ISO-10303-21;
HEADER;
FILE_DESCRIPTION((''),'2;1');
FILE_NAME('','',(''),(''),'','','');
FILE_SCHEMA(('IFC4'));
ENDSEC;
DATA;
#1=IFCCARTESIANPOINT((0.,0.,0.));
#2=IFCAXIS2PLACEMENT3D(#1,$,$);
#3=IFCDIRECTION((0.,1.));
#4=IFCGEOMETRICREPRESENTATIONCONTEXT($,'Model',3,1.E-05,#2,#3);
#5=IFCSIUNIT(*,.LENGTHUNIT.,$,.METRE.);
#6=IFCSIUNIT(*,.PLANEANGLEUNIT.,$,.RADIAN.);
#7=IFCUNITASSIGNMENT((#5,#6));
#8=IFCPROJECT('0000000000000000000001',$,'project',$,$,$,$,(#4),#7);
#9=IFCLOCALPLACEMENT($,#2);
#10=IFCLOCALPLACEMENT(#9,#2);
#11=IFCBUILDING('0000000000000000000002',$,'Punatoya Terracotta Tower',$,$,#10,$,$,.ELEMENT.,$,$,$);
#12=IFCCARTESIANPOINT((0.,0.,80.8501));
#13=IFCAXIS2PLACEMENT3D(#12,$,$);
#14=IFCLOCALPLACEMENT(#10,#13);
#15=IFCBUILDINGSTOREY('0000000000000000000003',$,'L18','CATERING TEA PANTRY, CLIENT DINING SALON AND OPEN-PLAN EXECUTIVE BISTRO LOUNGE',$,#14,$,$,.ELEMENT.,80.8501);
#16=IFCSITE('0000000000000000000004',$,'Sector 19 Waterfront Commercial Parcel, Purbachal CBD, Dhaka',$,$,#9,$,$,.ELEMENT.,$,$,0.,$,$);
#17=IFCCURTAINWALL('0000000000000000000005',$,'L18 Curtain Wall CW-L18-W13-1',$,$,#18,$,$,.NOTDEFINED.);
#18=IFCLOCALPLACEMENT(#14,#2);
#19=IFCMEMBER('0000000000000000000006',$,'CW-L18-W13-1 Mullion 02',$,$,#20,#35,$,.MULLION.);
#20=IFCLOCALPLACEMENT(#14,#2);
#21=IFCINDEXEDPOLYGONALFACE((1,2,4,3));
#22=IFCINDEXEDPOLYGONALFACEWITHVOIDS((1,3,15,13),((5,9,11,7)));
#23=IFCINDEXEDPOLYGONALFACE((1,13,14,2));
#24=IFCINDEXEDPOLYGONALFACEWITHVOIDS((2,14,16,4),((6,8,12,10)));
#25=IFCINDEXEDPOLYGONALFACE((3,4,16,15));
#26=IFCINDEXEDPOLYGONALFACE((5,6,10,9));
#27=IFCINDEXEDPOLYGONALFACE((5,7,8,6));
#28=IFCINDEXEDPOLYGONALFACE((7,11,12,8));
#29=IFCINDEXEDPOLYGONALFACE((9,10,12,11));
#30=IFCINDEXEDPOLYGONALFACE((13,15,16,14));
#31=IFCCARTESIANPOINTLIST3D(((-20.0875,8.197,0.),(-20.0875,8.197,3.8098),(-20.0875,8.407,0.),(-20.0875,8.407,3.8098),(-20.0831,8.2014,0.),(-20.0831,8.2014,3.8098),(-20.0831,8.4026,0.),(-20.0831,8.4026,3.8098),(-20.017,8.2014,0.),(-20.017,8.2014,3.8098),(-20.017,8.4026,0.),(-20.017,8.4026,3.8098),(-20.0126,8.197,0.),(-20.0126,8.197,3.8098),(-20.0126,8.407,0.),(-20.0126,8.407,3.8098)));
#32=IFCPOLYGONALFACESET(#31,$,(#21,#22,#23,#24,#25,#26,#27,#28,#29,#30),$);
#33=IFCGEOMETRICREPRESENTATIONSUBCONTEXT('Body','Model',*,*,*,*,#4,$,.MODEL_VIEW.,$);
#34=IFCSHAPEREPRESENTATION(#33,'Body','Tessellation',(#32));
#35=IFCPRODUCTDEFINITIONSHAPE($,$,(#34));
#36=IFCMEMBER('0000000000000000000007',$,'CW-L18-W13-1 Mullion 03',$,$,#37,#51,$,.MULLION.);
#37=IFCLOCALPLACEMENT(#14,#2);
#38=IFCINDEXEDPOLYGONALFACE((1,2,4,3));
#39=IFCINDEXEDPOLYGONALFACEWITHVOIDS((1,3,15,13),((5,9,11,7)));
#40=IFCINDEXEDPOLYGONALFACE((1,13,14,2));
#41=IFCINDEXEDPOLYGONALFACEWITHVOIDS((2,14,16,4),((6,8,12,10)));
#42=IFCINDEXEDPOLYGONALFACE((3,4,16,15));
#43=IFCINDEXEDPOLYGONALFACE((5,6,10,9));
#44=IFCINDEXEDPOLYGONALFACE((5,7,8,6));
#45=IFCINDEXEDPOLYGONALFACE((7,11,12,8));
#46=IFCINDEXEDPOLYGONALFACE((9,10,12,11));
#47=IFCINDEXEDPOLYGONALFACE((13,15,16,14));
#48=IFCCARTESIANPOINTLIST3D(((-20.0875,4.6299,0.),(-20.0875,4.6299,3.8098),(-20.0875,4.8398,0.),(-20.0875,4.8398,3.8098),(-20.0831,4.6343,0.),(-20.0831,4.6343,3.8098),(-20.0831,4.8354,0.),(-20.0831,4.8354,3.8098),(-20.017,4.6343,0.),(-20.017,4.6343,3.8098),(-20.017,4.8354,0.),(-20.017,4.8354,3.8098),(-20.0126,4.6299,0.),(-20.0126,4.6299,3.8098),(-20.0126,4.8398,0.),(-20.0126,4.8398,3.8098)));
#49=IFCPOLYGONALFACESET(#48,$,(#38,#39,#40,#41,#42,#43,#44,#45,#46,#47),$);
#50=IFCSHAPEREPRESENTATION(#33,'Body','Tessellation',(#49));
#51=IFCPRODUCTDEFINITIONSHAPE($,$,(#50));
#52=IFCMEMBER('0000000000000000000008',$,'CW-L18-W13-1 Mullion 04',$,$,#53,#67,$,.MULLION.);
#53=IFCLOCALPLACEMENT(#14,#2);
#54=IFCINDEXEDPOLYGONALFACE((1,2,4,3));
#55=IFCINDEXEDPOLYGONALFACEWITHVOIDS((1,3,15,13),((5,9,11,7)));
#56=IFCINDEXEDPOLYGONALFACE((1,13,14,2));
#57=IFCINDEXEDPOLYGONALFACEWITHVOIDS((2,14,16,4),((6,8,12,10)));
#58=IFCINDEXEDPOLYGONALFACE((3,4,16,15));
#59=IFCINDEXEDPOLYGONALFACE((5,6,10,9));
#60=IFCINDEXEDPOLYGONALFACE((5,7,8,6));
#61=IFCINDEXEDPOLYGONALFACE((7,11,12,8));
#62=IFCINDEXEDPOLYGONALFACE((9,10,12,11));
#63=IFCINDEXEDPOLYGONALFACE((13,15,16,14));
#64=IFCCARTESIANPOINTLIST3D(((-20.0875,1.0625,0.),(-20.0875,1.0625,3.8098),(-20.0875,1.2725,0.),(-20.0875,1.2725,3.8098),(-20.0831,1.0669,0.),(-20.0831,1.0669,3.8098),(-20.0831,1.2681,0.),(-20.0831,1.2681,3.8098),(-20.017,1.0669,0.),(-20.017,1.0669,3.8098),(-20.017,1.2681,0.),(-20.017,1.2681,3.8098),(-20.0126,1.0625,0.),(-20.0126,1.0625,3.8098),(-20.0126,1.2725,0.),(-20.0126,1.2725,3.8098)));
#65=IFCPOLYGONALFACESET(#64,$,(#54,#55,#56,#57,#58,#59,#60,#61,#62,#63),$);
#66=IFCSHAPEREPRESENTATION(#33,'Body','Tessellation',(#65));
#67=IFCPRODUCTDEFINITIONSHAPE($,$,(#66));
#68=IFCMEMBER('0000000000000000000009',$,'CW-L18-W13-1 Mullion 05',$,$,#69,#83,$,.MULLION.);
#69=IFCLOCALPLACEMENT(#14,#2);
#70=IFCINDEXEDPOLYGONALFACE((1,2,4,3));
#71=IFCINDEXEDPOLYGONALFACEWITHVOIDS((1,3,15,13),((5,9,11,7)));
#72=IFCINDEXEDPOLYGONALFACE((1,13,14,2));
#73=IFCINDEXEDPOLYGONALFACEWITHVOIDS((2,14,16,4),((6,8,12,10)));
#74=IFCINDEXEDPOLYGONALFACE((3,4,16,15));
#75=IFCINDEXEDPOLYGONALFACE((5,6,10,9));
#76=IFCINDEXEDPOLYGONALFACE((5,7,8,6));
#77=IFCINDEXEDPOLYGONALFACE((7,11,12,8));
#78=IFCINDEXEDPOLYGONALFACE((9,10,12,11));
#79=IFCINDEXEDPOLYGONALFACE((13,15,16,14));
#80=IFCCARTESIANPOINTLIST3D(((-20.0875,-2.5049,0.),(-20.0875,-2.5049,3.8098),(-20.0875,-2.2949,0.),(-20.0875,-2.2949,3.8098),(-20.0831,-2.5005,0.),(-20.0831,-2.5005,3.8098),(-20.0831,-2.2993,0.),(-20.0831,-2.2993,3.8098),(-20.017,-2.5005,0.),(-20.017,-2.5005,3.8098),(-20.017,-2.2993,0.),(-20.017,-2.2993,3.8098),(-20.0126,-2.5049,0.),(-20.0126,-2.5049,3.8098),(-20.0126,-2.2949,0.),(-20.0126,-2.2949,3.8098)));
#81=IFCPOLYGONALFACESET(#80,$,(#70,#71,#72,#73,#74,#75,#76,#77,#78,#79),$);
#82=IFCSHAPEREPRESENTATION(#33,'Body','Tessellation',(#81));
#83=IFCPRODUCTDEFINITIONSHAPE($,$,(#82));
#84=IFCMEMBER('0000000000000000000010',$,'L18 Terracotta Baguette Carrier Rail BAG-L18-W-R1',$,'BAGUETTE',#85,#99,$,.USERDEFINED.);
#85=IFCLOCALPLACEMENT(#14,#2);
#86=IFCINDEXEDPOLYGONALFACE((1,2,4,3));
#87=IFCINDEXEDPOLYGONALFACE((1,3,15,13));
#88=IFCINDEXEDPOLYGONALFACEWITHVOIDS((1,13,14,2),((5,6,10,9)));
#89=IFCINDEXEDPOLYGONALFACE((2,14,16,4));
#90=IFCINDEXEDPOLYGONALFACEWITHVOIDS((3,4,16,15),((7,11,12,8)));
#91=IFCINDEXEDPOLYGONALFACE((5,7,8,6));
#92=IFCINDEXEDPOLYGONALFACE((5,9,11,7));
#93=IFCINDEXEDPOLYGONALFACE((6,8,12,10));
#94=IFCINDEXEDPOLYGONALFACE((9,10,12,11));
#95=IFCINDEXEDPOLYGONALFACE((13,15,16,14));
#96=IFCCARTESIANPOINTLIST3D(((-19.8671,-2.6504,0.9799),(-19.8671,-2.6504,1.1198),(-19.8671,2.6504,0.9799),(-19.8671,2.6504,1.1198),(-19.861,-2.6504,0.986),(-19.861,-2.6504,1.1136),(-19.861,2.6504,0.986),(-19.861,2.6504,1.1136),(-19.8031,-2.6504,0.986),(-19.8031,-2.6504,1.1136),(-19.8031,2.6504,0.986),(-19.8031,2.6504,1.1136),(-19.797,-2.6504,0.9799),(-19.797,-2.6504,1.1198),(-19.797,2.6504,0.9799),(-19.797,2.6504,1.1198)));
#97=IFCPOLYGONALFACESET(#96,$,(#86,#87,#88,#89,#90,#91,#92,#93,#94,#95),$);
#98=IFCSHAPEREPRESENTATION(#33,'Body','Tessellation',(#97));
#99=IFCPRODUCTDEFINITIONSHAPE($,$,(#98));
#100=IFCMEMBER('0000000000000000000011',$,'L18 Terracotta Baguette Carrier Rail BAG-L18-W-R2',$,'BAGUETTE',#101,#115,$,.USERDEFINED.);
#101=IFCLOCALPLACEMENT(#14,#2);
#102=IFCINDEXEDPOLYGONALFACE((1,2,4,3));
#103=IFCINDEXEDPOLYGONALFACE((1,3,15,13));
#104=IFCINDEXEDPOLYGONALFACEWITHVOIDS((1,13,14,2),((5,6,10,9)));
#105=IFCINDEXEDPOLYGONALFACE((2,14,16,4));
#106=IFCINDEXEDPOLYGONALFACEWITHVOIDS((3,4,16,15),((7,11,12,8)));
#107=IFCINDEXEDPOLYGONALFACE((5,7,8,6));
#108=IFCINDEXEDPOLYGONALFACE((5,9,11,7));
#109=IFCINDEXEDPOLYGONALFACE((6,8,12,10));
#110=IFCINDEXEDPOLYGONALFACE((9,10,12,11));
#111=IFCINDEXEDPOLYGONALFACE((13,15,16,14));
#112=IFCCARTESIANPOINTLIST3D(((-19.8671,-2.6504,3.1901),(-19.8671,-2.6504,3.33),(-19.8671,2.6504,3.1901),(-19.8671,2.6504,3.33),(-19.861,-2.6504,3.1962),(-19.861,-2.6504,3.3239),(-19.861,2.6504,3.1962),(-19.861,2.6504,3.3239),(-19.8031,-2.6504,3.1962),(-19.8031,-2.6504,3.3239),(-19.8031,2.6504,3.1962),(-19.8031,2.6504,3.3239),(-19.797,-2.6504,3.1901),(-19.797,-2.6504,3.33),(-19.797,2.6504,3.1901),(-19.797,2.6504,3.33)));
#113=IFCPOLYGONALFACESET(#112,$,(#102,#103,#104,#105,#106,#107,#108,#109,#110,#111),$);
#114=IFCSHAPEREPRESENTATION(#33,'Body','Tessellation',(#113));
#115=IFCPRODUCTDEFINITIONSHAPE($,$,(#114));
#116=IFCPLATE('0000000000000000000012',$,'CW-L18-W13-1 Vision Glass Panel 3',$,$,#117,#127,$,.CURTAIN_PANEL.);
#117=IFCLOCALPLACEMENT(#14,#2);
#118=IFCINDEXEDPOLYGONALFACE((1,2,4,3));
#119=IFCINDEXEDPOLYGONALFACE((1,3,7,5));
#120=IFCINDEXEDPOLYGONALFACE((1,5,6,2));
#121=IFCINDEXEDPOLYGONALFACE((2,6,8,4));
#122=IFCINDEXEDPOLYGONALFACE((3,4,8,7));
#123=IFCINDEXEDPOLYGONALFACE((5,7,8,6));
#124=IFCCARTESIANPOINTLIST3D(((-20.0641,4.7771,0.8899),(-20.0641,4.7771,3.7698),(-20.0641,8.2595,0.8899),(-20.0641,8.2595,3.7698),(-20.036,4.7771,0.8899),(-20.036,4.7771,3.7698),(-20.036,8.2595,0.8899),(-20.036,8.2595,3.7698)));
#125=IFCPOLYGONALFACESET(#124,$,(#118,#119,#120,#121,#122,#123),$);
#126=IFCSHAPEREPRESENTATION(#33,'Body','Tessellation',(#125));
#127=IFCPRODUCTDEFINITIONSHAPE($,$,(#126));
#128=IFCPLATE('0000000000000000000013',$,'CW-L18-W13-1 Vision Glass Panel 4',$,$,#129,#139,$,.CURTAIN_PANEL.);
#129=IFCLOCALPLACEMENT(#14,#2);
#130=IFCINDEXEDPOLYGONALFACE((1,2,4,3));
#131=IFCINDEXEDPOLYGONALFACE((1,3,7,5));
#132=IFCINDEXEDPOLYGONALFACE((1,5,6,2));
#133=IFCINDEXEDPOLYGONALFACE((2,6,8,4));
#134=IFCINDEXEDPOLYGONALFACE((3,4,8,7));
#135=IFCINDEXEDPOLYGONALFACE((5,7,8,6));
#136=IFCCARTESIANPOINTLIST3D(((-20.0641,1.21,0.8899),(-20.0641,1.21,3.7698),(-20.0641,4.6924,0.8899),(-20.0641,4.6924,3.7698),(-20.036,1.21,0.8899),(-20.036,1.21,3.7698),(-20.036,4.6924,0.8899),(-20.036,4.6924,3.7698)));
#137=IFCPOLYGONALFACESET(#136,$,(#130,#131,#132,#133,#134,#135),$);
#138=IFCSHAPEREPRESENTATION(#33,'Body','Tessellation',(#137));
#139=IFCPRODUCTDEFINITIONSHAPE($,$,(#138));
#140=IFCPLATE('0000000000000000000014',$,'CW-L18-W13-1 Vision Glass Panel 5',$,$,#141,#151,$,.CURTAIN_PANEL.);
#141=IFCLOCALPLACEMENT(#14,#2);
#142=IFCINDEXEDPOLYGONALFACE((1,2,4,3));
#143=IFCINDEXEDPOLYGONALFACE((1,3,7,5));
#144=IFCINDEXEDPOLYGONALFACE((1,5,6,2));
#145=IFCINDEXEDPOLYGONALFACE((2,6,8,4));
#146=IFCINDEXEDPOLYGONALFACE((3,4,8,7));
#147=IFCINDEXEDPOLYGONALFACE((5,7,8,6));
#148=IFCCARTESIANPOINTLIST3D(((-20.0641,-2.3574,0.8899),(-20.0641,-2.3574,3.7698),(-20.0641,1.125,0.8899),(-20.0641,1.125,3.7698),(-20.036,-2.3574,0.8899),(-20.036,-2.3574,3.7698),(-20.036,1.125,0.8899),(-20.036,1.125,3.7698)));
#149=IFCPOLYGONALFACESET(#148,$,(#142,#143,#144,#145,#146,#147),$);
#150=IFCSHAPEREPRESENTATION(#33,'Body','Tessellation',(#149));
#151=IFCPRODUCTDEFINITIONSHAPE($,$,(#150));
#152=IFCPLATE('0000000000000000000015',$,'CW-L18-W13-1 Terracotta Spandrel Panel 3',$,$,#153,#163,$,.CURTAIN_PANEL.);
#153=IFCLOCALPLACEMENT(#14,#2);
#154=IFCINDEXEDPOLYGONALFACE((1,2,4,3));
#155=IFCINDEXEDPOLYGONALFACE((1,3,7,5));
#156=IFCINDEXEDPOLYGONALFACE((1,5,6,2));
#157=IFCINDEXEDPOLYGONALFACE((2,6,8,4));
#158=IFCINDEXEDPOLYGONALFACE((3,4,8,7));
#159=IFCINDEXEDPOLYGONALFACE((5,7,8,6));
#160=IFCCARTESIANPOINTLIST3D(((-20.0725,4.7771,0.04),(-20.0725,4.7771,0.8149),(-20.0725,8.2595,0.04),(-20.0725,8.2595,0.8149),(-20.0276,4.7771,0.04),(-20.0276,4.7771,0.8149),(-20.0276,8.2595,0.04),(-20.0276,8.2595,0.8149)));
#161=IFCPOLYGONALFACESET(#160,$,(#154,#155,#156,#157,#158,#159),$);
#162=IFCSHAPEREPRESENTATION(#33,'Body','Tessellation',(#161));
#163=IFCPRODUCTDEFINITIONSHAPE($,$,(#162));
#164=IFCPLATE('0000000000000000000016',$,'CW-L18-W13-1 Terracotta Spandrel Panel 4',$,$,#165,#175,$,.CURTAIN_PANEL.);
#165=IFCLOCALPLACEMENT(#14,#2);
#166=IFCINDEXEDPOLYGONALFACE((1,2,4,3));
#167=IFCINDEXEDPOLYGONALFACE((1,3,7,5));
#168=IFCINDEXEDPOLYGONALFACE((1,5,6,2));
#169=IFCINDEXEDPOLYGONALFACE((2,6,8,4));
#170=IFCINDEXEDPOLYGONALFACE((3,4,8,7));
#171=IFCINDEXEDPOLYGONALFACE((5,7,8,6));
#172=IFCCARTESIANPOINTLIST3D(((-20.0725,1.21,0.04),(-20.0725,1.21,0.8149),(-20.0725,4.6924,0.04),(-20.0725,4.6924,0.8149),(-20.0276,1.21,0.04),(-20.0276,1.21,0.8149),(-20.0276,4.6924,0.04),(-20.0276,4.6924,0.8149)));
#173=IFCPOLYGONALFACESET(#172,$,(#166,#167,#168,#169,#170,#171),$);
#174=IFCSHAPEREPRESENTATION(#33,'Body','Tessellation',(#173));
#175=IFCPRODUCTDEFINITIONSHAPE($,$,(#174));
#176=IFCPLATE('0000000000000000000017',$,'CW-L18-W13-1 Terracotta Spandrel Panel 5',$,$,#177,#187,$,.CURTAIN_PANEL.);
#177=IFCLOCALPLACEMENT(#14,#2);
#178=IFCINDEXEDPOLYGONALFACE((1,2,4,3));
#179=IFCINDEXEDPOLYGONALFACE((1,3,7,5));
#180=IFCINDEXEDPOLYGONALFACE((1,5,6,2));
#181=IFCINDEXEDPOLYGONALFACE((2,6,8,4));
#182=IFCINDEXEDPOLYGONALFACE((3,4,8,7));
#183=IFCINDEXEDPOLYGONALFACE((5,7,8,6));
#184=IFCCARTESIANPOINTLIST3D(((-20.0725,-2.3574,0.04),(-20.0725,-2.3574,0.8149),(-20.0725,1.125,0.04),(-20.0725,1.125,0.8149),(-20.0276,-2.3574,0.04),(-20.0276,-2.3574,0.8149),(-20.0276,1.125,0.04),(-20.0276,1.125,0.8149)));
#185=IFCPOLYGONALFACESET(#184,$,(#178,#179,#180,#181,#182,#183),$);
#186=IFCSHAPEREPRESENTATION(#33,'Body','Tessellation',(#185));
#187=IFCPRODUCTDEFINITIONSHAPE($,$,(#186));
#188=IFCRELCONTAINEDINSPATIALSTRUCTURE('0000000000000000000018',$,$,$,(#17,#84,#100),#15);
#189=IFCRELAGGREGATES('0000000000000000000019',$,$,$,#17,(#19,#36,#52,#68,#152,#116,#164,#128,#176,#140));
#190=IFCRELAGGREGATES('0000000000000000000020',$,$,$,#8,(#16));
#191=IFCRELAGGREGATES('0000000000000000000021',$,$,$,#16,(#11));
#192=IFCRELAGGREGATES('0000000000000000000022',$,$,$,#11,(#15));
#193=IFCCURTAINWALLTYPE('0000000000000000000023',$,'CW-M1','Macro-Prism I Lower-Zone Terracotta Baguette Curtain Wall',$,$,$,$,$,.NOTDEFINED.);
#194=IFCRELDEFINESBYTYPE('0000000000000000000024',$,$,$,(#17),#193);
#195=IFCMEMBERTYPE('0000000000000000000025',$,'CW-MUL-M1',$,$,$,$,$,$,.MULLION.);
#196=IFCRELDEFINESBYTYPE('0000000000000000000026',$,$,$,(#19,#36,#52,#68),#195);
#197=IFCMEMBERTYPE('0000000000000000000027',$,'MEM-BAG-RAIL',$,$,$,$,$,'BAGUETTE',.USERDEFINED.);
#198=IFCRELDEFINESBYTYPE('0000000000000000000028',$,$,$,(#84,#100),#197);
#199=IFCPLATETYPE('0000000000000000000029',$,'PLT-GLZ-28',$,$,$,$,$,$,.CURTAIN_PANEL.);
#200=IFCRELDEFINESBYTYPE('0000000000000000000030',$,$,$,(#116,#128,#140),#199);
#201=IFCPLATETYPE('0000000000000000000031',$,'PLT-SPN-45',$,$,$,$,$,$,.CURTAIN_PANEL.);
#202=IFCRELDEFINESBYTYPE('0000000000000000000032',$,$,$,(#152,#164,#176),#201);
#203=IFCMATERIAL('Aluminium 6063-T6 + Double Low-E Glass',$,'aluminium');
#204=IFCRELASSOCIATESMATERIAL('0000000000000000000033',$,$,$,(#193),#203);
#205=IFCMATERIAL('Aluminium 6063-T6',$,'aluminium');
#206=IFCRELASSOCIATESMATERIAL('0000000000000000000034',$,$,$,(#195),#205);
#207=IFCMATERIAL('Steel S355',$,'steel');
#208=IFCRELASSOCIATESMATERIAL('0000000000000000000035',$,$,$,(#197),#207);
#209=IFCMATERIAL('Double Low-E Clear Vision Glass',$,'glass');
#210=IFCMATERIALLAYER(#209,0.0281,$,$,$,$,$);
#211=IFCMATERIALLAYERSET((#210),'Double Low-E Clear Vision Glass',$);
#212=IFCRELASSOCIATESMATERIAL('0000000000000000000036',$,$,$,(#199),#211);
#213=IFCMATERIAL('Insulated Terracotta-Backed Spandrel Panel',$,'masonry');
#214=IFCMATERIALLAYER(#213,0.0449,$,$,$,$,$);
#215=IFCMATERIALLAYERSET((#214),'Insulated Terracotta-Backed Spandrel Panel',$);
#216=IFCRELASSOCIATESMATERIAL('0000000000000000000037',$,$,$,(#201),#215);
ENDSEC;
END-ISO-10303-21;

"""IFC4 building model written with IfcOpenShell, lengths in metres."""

from ifc_helpers import new_model, si_unit, direction, frame, origin, origin_2d, place, context, subcontext, project, spatial, rectangle, hollow_rectangle, extrude, material, layer, layer_set, material_profile, profile_set, type_object, element, aggregate, save


model = new_model("IFC4")

# Units and contexts
model_context = context("Model", 3, precision=1e-05, world=origin(), true_north=direction((0.0, 1.0)))
body_context = subcontext(model_context, "Body", "Model", "MODEL_VIEW")
ifc_project = project(units=[si_unit("LENGTHUNIT", "METRE"), si_unit("PLANEANGLEUNIT", "RADIAN")], contexts=[model_context])

# Site, building, storey
site_placement = place(None, origin())
site = spatial("IfcSite", under=ifc_project, at=site_placement, Name="Sector 19 Waterfront Commercial Parcel, Purbachal CBD, Dhaka", CompositionType="ELEMENT", RefElevation=0.0)
building_placement = place(site_placement, origin())
building = spatial("IfcBuilding", under=site, at=building_placement, Name="Punatoya Terracotta Tower", CompositionType="ELEMENT")
storey_placement = place(building_placement, frame((0.0, 0.0, 80.8501)))
storey = spatial("IfcBuildingStorey", under=building, at=storey_placement, Name="L18", Description="CATERING TEA PANTRY, CLIENT DINING SALON AND OPEN-PLAN EXECUTIVE BISTRO LOUNGE", CompositionType="ELEMENT", Elevation=80.8501)

# Shared definitions
ifc_material_1 = material(Name="Steel S355", Category="steel")

# Curtain wall, members
ifc_material_2 = material(Name="Aluminium 6063-T6 + Double Low-E Glass", Category="aluminium")
curtain_wall_type = type_object("IfcCurtainWallType", Name="CW-M1", Description="Macro-Prism I Lower-Zone Terracotta Baguette Curtain Wall", PredefinedType="NOTDEFINED", material=ifc_material_2)
curtain_wall_placement = place(storey_placement, origin())
curtain_wall = element("IfcCurtainWall", 1, at=curtain_wall_placement, inside=storey, type_object=curtain_wall_type, Name="L18 Curtain Wall CW-L18-W13-1", PredefinedType="NOTDEFINED")
ifc_material_3 = material(Name="Aluminium 6063-T6", Category="aluminium")
ifc_material_profile_1 = material_profile(ifc_material_3, hollow_rectangle(XDim=0.075, YDim=0.21, WallThickness=0.0044, at=origin_2d()))
ifc_profile_set_1 = profile_set([ifc_material_profile_1], Name="Aluminium 6063-T6")
member_type_1 = type_object("IfcMemberType", Name="CW-MUL-M1", PredefinedType="MULLION", material=ifc_profile_set_1)
member_1_placement = place(storey_placement, frame((-20.05, 8.302, 0.0), z_axis=(0.0, 0.0, 1.0), x_axis=(1.0, 0.0, 0.0)))
member_1 = element("IfcMember", 2, at=member_1_placement, type_object=member_type_1, Name="CW-L18-W13-1 Mullion 02", PredefinedType="MULLION", context=body_context, shape_type="SweptSolid", body=[
    extrude(hollow_rectangle(XDim=0.075, YDim=0.21, WallThickness=0.0044, at=origin_2d()), origin(), (0.0, 0.0, 1.0), 3.8098),
])
member_2_placement = place(storey_placement, frame((-20.05, 4.7349, 0.0), z_axis=(0.0, 0.0, 1.0), x_axis=(1.0, 0.0, 0.0)))
member_2 = element("IfcMember", 3, at=member_2_placement, type_object=member_type_1, Name="CW-L18-W13-1 Mullion 03", PredefinedType="MULLION", context=body_context, shape_type="SweptSolid", body=[
    extrude(hollow_rectangle(XDim=0.075, YDim=0.21, WallThickness=0.0044, at=origin_2d()), origin(), (0.0, 0.0, 1.0), 3.8098),
])
member_3_placement = place(storey_placement, frame((-20.05, 1.1675, 0.0), z_axis=(0.0, 0.0, 1.0), x_axis=(1.0, 0.0, 0.0)))
member_3 = element("IfcMember", 4, at=member_3_placement, type_object=member_type_1, Name="CW-L18-W13-1 Mullion 04", PredefinedType="MULLION", context=body_context, shape_type="SweptSolid", body=[
    extrude(hollow_rectangle(XDim=0.075, YDim=0.21, WallThickness=0.0044, at=origin_2d()), origin(), (0.0, 0.0, 1.0), 3.8098),
])
member_4_placement = place(storey_placement, frame((-20.05, -2.3999, 0.0), z_axis=(0.0, 0.0, 1.0), x_axis=(1.0, 0.0, 0.0)))
member_4 = element("IfcMember", 5, at=member_4_placement, type_object=member_type_1, Name="CW-L18-W13-1 Mullion 05", PredefinedType="MULLION", context=body_context, shape_type="SweptSolid", body=[
    extrude(hollow_rectangle(XDim=0.075, YDim=0.21, WallThickness=0.0044, at=origin_2d()), origin(), (0.0, 0.0, 1.0), 3.8098),
])

# Members
ifc_material_profile_2 = material_profile(ifc_material_1, hollow_rectangle(XDim=0.0701, YDim=0.1399, WallThickness=0.0061, at=origin_2d()))
ifc_profile_set_2 = profile_set([ifc_material_profile_2], Name="Steel S355")
member_type_2 = type_object("IfcMemberType", Name="MEM-BAG-RAIL", ElementType="BAGUETTE", PredefinedType="USERDEFINED", material=ifc_profile_set_2)
for number, where, z_axis, x_axis, name in (
    (6, (-19.832, -2.6504, 1.0498), (0.0, 1.0, 0.0), (-1.0, 0.0, 0.0), "L18 Terracotta Baguette Carrier Rail BAG-L18-W-R1"),
    (7, (-19.832, -2.6504, 3.26), (0.0, 1.0, 0.0), (-1.0, 0.0, 0.0), "L18 Terracotta Baguette Carrier Rail BAG-L18-W-R2"),
):
    element("IfcMember", number, at=place(storey_placement, frame(where, z_axis=z_axis, x_axis=x_axis)), inside=storey, type_object=member_type_2, Name=name, ObjectType="BAGUETTE", PredefinedType="USERDEFINED", context=body_context, shape_type="SweptSolid", body=[
        extrude(hollow_rectangle(XDim=0.0701, YDim=0.1399, WallThickness=0.0061, at=origin_2d()), origin(), (0.0, 0.0, 1.0), 5.3008),
    ])

# Plates
ifc_material_4 = material(Name="Double Low-E Clear Vision Glass", Category="glass")
ifc_layer_1 = layer(ifc_material_4, 0.0281)
ifc_layer_set_1 = layer_set([ifc_layer_1], Name="Double Low-E Clear Vision Glass")
plate_type_1 = type_object("IfcPlateType", Name="PLT-GLZ-28", PredefinedType="CURTAIN_PANEL", material=ifc_layer_set_1)
plate_1_placement = place(storey_placement, frame((-20.05, 6.5183, 0.8899), z_axis=(0.0, 0.0, 1.0), x_axis=(0.0, -1.0, 0.0)))
plate_1 = element("IfcPlate", 8, at=plate_1_placement, type_object=plate_type_1, Name="CW-L18-W13-1 Vision Glass Panel 3", PredefinedType="CURTAIN_PANEL", context=body_context, shape_type="SweptSolid", body=[
    extrude(rectangle(XDim=3.4824, YDim=0.0281, at=origin_2d()), origin(), (0.0, 0.0, 1.0), 2.8799),
])
plate_2_placement = place(storey_placement, frame((-20.05, 2.9512, 0.8899), z_axis=(0.0, 0.0, 1.0), x_axis=(0.0, -1.0, 0.0)))
plate_2 = element("IfcPlate", 9, at=plate_2_placement, type_object=plate_type_1, Name="CW-L18-W13-1 Vision Glass Panel 4", PredefinedType="CURTAIN_PANEL", context=body_context, shape_type="SweptSolid", body=[
    extrude(rectangle(XDim=3.4824, YDim=0.0281, at=origin_2d()), origin(), (0.0, 0.0, 1.0), 2.8799),
])
plate_3_placement = place(storey_placement, frame((-20.05, -0.6162, 0.8899), z_axis=(0.0, 0.0, 1.0), x_axis=(0.0, -1.0, 0.0)))
plate_3 = element("IfcPlate", 10, at=plate_3_placement, type_object=plate_type_1, Name="CW-L18-W13-1 Vision Glass Panel 5", PredefinedType="CURTAIN_PANEL", context=body_context, shape_type="SweptSolid", body=[
    extrude(rectangle(XDim=3.4824, YDim=0.0281, at=origin_2d()), origin(), (0.0, 0.0, 1.0), 2.8799),
])
ifc_material_5 = material(Name="Insulated Terracotta-Backed Spandrel Panel", Category="masonry")
ifc_layer_2 = layer(ifc_material_5, 0.0449)
ifc_layer_set_2 = layer_set([ifc_layer_2], Name="Insulated Terracotta-Backed Spandrel Panel")
plate_type_2 = type_object("IfcPlateType", Name="PLT-SPN-45", PredefinedType="CURTAIN_PANEL", material=ifc_layer_set_2)
plate_4_placement = place(storey_placement, frame((-20.05, 6.5183, 0.04), z_axis=(0.0, 0.0, 1.0), x_axis=(0.0, -1.0, 0.0)))
plate_4 = element("IfcPlate", 11, at=plate_4_placement, type_object=plate_type_2, Name="CW-L18-W13-1 Terracotta Spandrel Panel 3", PredefinedType="CURTAIN_PANEL", context=body_context, shape_type="SweptSolid", body=[
    extrude(rectangle(XDim=3.4824, YDim=0.0449, at=origin_2d()), origin(), (0.0, 0.0, 1.0), 0.7749),
])
plate_5_placement = place(storey_placement, frame((-20.05, 2.9512, 0.04), z_axis=(0.0, 0.0, 1.0), x_axis=(0.0, -1.0, 0.0)))
plate_5 = element("IfcPlate", 12, at=plate_5_placement, type_object=plate_type_2, Name="CW-L18-W13-1 Terracotta Spandrel Panel 4", PredefinedType="CURTAIN_PANEL", context=body_context, shape_type="SweptSolid", body=[
    extrude(rectangle(XDim=3.4824, YDim=0.0449, at=origin_2d()), origin(), (0.0, 0.0, 1.0), 0.7749),
])
plate_6_placement = place(storey_placement, frame((-20.05, -0.6162, 0.04), z_axis=(0.0, 0.0, 1.0), x_axis=(0.0, -1.0, 0.0)))
plate_6 = element("IfcPlate", 13, at=plate_6_placement, type_object=plate_type_2, Name="CW-L18-W13-1 Terracotta Spandrel Panel 5", PredefinedType="CURTAIN_PANEL", context=body_context, shape_type="SweptSolid", body=[
    extrude(rectangle(XDim=3.4824, YDim=0.0449, at=origin_2d()), origin(), (0.0, 0.0, 1.0), 0.7749),
])
aggregate(curtain_wall, [member_1, member_2, member_3, member_4, plate_4, plate_1, plate_5, plate_2, plate_6, plate_3])

save(model, "model.ifc")
